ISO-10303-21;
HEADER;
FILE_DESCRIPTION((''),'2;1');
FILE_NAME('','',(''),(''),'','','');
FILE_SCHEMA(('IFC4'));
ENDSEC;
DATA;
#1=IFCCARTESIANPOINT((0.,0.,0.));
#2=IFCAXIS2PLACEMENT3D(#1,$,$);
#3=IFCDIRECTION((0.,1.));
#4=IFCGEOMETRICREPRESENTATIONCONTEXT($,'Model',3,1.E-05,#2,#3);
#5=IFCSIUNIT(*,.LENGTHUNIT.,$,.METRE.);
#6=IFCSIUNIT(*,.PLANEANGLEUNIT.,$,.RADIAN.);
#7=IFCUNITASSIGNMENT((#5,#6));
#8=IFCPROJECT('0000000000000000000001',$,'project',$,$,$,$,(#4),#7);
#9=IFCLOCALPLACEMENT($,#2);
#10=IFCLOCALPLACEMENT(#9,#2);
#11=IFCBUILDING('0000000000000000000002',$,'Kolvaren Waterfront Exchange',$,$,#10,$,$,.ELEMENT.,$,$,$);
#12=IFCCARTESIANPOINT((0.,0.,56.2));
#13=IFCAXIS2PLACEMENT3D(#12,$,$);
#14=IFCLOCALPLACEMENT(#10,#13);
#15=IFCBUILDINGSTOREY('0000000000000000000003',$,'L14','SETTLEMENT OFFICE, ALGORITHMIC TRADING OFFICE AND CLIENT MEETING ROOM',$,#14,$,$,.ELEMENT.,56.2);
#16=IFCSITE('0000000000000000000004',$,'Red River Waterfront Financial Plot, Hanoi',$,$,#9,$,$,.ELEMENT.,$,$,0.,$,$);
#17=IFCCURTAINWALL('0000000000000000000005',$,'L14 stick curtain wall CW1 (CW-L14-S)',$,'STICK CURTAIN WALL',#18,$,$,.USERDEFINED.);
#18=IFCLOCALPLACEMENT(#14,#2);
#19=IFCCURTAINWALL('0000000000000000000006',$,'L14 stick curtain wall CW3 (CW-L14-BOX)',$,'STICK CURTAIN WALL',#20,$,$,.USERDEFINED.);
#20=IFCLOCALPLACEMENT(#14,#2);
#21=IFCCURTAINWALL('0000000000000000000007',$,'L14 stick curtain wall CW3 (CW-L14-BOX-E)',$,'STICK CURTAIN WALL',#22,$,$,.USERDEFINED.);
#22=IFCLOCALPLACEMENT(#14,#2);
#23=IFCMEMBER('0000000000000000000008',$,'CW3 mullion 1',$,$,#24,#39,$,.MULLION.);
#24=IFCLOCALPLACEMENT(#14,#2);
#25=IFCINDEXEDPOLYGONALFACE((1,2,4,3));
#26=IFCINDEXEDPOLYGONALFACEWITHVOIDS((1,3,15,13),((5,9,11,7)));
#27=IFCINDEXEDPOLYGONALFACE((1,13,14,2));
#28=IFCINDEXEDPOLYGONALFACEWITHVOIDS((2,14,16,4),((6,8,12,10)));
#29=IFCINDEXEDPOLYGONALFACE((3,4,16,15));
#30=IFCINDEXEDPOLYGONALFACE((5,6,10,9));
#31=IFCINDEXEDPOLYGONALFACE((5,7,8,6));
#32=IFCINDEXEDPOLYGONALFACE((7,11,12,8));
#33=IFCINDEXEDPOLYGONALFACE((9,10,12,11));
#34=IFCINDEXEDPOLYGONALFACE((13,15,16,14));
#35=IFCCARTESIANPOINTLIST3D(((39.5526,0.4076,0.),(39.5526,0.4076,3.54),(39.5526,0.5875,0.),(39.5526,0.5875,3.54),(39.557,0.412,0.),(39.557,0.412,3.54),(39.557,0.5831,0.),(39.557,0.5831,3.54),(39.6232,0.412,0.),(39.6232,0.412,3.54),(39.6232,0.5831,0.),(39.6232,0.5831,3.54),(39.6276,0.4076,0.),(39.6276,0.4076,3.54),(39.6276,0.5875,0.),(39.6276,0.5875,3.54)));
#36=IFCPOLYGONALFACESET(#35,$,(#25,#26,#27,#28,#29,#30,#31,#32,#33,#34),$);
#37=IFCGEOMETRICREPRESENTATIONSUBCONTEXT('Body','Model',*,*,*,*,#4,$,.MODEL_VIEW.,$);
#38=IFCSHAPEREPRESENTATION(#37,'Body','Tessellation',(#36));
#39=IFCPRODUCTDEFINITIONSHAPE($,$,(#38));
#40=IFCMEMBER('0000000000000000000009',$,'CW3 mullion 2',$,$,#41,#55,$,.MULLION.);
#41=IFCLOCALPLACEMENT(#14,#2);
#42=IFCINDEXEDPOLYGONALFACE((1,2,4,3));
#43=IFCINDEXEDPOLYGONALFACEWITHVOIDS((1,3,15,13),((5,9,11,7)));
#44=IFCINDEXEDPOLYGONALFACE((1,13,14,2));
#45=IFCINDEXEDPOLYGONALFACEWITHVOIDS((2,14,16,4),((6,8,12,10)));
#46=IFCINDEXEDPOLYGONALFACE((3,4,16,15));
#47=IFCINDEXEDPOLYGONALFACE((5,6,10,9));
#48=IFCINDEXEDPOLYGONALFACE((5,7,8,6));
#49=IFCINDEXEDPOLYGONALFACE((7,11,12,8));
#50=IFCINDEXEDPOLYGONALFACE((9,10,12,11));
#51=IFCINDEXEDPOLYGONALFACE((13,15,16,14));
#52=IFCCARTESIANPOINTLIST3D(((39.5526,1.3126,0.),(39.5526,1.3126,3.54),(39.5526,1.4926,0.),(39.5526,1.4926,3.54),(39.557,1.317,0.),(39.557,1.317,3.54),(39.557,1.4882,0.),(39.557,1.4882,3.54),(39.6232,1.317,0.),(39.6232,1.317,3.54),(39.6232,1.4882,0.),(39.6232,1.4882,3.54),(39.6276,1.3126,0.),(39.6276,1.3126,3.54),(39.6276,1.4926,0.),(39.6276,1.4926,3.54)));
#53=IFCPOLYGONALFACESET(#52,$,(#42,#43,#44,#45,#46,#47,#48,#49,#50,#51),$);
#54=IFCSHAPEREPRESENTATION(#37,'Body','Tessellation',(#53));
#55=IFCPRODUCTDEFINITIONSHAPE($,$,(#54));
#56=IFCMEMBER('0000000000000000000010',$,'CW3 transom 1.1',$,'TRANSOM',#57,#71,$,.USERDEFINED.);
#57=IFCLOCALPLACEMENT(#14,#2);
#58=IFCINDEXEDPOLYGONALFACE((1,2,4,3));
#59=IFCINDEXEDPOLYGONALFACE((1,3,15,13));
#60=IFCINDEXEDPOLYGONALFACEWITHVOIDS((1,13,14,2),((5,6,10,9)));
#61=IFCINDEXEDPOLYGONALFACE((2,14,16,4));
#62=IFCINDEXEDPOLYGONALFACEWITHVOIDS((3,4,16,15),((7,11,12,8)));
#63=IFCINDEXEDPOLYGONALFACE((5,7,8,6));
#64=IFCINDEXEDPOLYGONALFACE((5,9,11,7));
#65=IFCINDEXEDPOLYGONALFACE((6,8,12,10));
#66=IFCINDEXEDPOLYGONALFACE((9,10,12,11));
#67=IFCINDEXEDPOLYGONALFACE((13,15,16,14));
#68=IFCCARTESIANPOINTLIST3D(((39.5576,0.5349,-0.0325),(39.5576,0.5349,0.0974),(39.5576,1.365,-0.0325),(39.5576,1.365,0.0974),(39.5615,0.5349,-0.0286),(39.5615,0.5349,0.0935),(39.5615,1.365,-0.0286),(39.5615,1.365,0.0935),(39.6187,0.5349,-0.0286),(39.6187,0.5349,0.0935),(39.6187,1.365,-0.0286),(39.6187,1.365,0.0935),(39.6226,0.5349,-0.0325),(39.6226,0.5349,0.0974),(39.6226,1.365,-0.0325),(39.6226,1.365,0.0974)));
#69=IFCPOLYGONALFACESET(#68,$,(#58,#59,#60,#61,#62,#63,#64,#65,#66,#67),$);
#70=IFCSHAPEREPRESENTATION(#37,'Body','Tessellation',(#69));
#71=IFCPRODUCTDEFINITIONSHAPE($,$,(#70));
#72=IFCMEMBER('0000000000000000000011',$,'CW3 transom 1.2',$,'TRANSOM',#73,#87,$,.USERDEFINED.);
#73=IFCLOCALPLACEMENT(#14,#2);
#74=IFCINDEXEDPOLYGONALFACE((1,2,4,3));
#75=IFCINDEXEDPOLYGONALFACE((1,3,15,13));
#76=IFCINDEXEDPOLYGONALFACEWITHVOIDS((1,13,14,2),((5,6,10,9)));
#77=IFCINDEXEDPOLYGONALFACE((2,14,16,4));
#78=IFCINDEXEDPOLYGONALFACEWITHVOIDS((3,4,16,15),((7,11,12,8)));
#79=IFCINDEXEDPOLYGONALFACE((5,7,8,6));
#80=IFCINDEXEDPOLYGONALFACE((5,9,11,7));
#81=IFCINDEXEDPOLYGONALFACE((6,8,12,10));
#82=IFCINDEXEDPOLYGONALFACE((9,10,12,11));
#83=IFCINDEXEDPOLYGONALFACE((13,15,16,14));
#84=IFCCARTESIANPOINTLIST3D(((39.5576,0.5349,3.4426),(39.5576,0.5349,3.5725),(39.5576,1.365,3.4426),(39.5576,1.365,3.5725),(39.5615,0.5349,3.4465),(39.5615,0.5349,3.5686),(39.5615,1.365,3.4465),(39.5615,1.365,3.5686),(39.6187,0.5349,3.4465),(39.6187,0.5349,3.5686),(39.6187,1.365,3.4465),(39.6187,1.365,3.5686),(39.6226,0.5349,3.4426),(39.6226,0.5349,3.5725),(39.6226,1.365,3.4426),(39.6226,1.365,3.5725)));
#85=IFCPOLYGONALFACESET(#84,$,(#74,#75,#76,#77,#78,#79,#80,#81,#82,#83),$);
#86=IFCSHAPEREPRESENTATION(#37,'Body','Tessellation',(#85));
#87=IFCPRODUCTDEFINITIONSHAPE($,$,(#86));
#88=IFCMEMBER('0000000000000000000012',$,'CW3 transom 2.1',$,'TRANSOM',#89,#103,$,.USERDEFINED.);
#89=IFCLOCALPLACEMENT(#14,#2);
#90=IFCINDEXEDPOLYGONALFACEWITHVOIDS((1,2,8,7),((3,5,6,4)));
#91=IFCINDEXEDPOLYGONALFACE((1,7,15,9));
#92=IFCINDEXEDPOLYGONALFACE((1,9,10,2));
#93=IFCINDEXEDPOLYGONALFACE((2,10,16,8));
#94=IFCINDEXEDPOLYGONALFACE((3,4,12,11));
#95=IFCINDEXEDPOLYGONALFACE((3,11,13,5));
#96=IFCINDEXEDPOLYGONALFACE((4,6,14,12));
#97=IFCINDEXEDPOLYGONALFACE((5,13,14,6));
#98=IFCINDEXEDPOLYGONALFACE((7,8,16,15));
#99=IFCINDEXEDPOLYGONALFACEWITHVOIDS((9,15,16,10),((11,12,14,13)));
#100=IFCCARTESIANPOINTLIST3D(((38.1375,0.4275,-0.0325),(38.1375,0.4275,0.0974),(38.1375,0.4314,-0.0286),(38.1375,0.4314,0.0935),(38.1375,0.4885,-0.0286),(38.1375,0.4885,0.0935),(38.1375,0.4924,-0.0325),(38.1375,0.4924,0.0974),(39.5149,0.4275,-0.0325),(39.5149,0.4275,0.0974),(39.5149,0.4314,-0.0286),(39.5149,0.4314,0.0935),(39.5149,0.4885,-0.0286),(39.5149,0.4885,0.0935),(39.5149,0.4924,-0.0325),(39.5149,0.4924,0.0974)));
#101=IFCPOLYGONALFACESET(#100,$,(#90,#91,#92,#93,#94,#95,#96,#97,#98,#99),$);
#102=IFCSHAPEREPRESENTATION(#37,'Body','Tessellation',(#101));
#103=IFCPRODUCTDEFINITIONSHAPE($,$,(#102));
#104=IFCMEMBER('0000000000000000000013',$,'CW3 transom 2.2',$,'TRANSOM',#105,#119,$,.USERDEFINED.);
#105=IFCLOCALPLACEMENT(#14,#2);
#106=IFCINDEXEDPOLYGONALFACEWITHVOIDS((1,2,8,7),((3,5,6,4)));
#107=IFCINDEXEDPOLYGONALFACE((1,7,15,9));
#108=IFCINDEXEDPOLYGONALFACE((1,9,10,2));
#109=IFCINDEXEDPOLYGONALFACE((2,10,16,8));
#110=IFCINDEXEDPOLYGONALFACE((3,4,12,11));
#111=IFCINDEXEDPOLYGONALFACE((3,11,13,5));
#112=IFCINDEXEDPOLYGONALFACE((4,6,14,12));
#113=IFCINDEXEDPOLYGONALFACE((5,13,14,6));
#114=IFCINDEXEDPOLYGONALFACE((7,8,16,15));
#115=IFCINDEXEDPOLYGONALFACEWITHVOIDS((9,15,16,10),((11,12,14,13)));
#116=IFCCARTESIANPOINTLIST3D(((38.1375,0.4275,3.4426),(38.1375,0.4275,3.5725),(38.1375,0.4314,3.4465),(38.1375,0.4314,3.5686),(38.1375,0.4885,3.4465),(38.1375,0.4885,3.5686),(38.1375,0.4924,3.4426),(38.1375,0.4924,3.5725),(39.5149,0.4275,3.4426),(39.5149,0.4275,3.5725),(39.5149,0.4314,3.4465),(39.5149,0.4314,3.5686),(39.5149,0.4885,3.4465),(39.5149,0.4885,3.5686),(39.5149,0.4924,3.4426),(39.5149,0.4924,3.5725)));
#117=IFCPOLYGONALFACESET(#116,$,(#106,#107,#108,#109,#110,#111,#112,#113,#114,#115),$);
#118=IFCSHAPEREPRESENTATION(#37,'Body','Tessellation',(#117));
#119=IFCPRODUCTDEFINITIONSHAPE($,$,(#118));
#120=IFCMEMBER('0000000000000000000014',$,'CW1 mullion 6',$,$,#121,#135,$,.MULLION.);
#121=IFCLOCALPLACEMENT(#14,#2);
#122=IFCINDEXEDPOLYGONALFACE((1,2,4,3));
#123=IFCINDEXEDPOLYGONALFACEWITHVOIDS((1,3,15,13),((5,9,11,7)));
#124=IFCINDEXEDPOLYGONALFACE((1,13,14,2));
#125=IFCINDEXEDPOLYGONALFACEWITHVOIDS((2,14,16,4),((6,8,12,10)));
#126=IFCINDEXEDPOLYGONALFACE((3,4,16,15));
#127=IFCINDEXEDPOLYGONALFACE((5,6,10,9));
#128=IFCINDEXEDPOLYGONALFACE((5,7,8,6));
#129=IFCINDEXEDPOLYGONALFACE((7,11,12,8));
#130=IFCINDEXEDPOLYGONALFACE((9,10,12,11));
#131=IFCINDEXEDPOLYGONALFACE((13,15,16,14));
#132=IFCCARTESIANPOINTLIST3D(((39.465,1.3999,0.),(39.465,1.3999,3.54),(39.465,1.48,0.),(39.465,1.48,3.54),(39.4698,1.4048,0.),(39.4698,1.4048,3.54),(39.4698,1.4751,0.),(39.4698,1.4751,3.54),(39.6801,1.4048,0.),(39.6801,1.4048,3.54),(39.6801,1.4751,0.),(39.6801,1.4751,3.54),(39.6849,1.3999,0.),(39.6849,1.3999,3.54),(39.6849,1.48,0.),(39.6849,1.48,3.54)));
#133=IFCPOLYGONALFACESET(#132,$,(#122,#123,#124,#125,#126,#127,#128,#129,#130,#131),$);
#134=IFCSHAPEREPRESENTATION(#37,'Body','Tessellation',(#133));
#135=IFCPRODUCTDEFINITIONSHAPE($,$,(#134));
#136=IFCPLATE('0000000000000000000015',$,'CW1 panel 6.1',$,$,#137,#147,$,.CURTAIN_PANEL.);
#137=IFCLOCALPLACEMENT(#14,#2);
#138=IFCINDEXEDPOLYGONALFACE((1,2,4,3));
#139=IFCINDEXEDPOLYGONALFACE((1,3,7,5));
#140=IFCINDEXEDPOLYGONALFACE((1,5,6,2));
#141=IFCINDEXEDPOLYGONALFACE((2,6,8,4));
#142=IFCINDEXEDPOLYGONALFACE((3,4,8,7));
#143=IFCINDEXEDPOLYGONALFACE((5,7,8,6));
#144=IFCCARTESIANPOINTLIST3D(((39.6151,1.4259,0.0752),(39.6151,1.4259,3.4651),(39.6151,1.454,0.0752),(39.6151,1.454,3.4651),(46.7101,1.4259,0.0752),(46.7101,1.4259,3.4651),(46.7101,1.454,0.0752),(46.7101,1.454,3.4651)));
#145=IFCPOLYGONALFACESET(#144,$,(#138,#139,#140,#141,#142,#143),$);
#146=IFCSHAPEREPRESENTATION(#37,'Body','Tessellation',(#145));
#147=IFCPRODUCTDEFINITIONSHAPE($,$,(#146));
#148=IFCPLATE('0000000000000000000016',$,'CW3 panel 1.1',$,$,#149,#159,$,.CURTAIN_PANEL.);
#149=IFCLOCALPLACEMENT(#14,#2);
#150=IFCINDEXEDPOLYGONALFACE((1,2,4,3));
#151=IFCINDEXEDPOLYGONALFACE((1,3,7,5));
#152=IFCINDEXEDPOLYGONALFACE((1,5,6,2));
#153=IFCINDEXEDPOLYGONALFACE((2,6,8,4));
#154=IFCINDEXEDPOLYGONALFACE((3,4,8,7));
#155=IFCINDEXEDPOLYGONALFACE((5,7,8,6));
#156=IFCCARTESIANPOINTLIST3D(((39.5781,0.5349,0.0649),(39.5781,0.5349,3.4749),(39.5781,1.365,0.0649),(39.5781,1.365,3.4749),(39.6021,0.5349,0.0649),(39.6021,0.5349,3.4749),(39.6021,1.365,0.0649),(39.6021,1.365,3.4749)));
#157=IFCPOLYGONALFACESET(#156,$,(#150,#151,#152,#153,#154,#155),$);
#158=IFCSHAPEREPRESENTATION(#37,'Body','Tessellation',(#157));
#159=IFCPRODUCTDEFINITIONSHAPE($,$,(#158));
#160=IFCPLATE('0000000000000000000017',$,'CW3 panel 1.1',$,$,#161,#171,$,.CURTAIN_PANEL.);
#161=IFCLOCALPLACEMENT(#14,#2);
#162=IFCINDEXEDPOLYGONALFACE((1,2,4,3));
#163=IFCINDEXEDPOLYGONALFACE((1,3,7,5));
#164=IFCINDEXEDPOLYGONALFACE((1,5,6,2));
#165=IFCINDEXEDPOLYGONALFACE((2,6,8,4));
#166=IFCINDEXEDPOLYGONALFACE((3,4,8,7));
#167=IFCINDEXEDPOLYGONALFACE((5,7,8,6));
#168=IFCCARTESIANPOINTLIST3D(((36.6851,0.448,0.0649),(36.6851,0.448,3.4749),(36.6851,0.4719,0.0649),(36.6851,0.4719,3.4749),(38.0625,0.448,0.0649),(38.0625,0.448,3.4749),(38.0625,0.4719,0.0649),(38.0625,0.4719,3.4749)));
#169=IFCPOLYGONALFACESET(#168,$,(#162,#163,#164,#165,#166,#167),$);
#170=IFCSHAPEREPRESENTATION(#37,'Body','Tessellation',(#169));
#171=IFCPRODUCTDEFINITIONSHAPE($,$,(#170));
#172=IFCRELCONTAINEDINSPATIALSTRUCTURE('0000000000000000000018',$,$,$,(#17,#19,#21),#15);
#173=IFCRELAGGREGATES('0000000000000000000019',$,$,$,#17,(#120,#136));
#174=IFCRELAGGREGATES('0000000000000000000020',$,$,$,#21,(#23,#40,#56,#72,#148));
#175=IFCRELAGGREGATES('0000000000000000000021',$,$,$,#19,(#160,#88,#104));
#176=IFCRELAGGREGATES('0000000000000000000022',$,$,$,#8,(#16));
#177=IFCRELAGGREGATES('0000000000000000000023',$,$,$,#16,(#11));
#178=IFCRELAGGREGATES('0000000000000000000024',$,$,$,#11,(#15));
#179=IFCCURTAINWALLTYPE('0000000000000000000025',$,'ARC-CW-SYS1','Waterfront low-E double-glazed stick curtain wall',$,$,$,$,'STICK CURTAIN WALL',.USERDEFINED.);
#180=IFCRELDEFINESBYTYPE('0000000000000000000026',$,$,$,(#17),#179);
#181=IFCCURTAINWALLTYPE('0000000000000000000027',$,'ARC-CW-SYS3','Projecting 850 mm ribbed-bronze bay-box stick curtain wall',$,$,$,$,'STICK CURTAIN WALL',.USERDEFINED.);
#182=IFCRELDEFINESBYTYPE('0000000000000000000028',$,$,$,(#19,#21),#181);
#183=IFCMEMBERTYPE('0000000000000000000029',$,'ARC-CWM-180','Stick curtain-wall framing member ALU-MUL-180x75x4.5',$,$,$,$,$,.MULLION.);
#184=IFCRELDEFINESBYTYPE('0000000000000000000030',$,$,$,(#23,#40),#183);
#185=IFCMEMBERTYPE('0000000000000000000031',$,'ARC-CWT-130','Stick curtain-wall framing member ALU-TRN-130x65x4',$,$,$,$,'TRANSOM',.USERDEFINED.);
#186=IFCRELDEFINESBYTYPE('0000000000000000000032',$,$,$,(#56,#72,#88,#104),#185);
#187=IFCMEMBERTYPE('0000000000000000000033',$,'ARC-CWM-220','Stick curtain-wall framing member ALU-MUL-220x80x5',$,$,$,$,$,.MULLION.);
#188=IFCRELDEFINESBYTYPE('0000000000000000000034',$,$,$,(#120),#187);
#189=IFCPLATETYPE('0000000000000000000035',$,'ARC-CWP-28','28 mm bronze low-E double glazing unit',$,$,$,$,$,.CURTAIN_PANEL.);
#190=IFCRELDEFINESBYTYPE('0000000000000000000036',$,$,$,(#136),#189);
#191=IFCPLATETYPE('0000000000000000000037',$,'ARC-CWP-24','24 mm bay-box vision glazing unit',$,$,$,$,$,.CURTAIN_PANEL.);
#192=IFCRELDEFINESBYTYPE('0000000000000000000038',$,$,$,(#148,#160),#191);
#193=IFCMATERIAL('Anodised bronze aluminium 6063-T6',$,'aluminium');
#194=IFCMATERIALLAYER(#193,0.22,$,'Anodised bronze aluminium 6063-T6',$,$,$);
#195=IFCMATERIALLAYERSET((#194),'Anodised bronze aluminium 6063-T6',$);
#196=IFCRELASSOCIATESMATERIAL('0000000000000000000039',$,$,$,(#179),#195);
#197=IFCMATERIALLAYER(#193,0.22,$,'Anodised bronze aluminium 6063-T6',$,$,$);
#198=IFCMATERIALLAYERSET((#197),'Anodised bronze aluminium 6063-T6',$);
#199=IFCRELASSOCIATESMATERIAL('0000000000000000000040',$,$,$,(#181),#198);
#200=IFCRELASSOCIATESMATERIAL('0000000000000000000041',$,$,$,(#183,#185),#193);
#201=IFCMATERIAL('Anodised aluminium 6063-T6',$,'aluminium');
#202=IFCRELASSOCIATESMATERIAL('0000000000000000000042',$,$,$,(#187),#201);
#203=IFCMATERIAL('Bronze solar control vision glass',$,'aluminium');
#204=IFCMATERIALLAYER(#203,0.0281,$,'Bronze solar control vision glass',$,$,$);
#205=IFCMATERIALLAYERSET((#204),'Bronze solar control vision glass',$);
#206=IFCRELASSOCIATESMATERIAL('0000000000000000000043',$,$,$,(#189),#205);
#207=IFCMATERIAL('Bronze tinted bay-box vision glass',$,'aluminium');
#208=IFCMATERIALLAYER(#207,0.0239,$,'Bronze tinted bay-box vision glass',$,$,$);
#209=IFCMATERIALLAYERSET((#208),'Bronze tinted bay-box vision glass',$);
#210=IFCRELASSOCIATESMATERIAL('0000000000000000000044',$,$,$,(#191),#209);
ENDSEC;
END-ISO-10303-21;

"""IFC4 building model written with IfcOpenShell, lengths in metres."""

from ifc_helpers import new_model, si_unit, direction, frame, origin, origin_with_axes, origin_2d, place, context, subcontext, project, spatial, rectangle, hollow_rectangle, extrude, source, transform, mapped, material, layer, layer_set, material_profile, profile_set, type_object, element, aggregate, save


model = new_model("IFC4")

# Units and contexts
model_context = context("Model", 3, precision=1e-05, world=origin(), true_north=direction((0.0, 1.0)))
body_context = subcontext(model_context, "Body", "Model", "MODEL_VIEW")
ifc_project = project(units=[si_unit("LENGTHUNIT", "METRE"), si_unit("PLANEANGLEUNIT", "RADIAN")], contexts=[model_context])

# Site, building, storey
site_placement = place(None, origin())
site = spatial("IfcSite", under=ifc_project, at=site_placement, Name="Red River Waterfront Financial Plot, Hanoi", CompositionType="ELEMENT", RefElevation=0.0)
building_placement = place(site_placement, origin())
building = spatial("IfcBuilding", under=site, at=building_placement, Name="Kolvaren Waterfront Exchange", CompositionType="ELEMENT")
storey_placement = place(building_placement, frame((0.0, 0.0, 56.2)))
storey = spatial("IfcBuildingStorey", under=building, at=storey_placement, Name="L14", Description="SETTLEMENT OFFICE, ALGORITHMIC TRADING OFFICE AND CLIENT MEETING ROOM", CompositionType="ELEMENT", Elevation=56.2)

# Curtain walls, members
ifc_material_1 = material(Name="Anodised bronze aluminium 6063-T6", Category="aluminium")
ifc_layer_1 = layer(ifc_material_1, 0.22, Name="Anodised bronze aluminium 6063-T6")
ifc_layer_set_1 = layer_set([ifc_layer_1], Name="Anodised bronze aluminium 6063-T6")
curtain_wall_type_1 = type_object("IfcCurtainWallType", Name="ARC-CW-SYS1", Description="Waterfront low-E double-glazed stick curtain wall", ElementType="STICK CURTAIN WALL", PredefinedType="USERDEFINED", material=ifc_layer_set_1)
curtain_wall_1_placement = place(storey_placement, origin())
curtain_wall_1 = element("IfcCurtainWall", 1, at=curtain_wall_1_placement, inside=storey, type_object=curtain_wall_type_1, Name="L14 stick curtain wall CW1 (CW-L14-S)", ObjectType="STICK CURTAIN WALL", PredefinedType="USERDEFINED")
ifc_material_2 = material(Name="Anodised aluminium 6063-T6", Category="aluminium")
ifc_layer_2 = layer(ifc_material_1, 0.22, Name="Anodised bronze aluminium 6063-T6")
ifc_layer_set_2 = layer_set([ifc_layer_2], Name="Anodised bronze aluminium 6063-T6")
curtain_wall_type_2 = type_object("IfcCurtainWallType", Name="ARC-CW-SYS3", Description="Projecting 850 mm ribbed-bronze bay-box stick curtain wall", ElementType="STICK CURTAIN WALL", PredefinedType="USERDEFINED", material=ifc_layer_set_2)
curtain_wall_2_placement = place(storey_placement, origin())
curtain_wall_2 = element("IfcCurtainWall", 2, at=curtain_wall_2_placement, inside=storey, type_object=curtain_wall_type_2, Name="L14 stick curtain wall CW3 (CW-L14-BOX)", ObjectType="STICK CURTAIN WALL", PredefinedType="USERDEFINED")
ifc_material_profile_1 = material_profile(ifc_material_1, hollow_rectangle(XDim=0.075, YDim=0.1799, WallThickness=0.0044, at=origin_2d()), Name="ALU-MUL-180x75x4.5")
ifc_profile_set_1 = profile_set([ifc_material_profile_1], Name="Anodised bronze aluminium 6063-T6")
member_type_1 = type_object("IfcMemberType", Name="ARC-CWM-180", Description="Stick curtain-wall framing member ALU-MUL-180x75x4.5", PredefinedType="MULLION", material=ifc_profile_set_1)
shared_shape_1 = source(origin_with_axes(), body_context, "Body", "SweptSolid", [
    extrude(hollow_rectangle(XDim=0.075, YDim=0.1799, WallThickness=0.0044, at=origin_2d()), origin(), (0.0, 0.0, 1.0), 3.54),
])
curtain_wall_3_placement = place(storey_placement, origin())
curtain_wall_3 = element("IfcCurtainWall", 3, at=curtain_wall_3_placement, inside=storey, type_object=curtain_wall_type_2, Name="L14 stick curtain wall CW3 (CW-L14-BOX-E)", ObjectType="STICK CURTAIN WALL", PredefinedType="USERDEFINED")
member_1_placement = place(storey_placement, frame((39.5901, 0.4976, 0.0), z_axis=(0.0, 0.0, 1.0), x_axis=(-1.0, 0.0, 0.0)))
member_1 = element("IfcMember", 4, at=member_1_placement, type_object=member_type_1, Name="CW3 mullion 1", PredefinedType="MULLION", context=body_context, shape_type="MappedRepresentation", body=[
    mapped(shared_shape_1, transform((0.0, 0.0, 0.0), x_axis=(1.0, 0.0, 0.0), y_axis=(0.0, 1.0, 0.0), z_axis=(0.0, 0.0, 1.0), scale=1.0)),
])
member_2_placement = place(storey_placement, frame((39.5901, 1.4026, 0.0), z_axis=(0.0, 0.0, 1.0), x_axis=(-1.0, 0.0, 0.0)))
member_2 = element("IfcMember", 5, at=member_2_placement, type_object=member_type_1, Name="CW3 mullion 2", PredefinedType="MULLION", context=body_context, shape_type="MappedRepresentation", body=[
    mapped(shared_shape_1, transform((0.0, 0.0, 0.0), x_axis=(1.0, 0.0, 0.0), y_axis=(0.0, 1.0, 0.0), z_axis=(0.0, 0.0, 1.0), scale=1.0)),
])
ifc_material_profile_2 = material_profile(ifc_material_1, hollow_rectangle(XDim=0.0649, YDim=0.1299, WallThickness=0.0039, at=origin_2d()), Name="ALU-TRN-130x65x4")
ifc_profile_set_2 = profile_set([ifc_material_profile_2], Name="Anodised bronze aluminium 6063-T6")
member_type_2 = type_object("IfcMemberType", Name="ARC-CWT-130", Description="Stick curtain-wall framing member ALU-TRN-130x65x4", ElementType="TRANSOM", PredefinedType="USERDEFINED", material=ifc_profile_set_2)
shared_shape_2 = source(origin_with_axes(), body_context, "Body", "SweptSolid", [
    extrude(hollow_rectangle(XDim=0.0649, YDim=0.1299, WallThickness=0.0039, at=origin_2d()), origin(), (0.0, 0.0, 1.0), 0.8301),
])
member_3_placement = place(storey_placement, frame((39.5901, 0.5349, 0.0325), z_axis=(0.0, 1.0, 0.0), x_axis=(-1.0, 0.0, 0.0)))
member_3 = element("IfcMember", 6, at=member_3_placement, type_object=member_type_2, Name="CW3 transom 1.1", ObjectType="TRANSOM", PredefinedType="USERDEFINED", context=body_context, shape_type="MappedRepresentation", body=[
    mapped(shared_shape_2, transform((0.0, 0.0, 0.0), x_axis=(1.0, 0.0, 0.0), y_axis=(0.0, 1.0, 0.0), z_axis=(0.0, 0.0, 1.0), scale=1.0)),
])
member_4_placement = place(storey_placement, frame((39.5901, 0.5349, 3.5076), z_axis=(0.0, 1.0, 0.0), x_axis=(-1.0, 0.0, 0.0)))
member_4 = element("IfcMember", 7, at=member_4_placement, type_object=member_type_2, Name="CW3 transom 1.2", ObjectType="TRANSOM", PredefinedType="USERDEFINED", context=body_context, shape_type="MappedRepresentation", body=[
    mapped(shared_shape_2, transform((0.0, 0.0, 0.0), x_axis=(1.0, 0.0, 0.0), y_axis=(0.0, 1.0, 0.0), z_axis=(0.0, 0.0, 1.0), scale=1.0)),
])

# Members
shared_shape_3 = source(origin_with_axes(), body_context, "Body", "SweptSolid", [
    extrude(hollow_rectangle(XDim=0.0649, YDim=0.1299, WallThickness=0.0039, at=origin_2d()), origin(), (0.0, 0.0, 1.0), 1.3774),
])
member_5_placement = place(storey_placement, frame((38.1375, 0.46, 0.0325), z_axis=(1.0, 0.0, 0.0), x_axis=(0.0, 1.0, 0.0)))
member_5 = element("IfcMember", 8, at=member_5_placement, type_object=member_type_2, Name="CW3 transom 2.1", ObjectType="TRANSOM", PredefinedType="USERDEFINED", context=body_context, shape_type="MappedRepresentation", body=[
    mapped(shared_shape_3, transform((0.0, 0.0, 0.0), x_axis=(1.0, 0.0, 0.0), y_axis=(0.0, 1.0, 0.0), z_axis=(0.0, 0.0, 1.0), scale=1.0)),
])
member_6_placement = place(storey_placement, frame((38.1375, 0.46, 3.5076), z_axis=(1.0, 0.0, 0.0), x_axis=(0.0, 1.0, 0.0)))
member_6 = element("IfcMember", 9, at=member_6_placement, type_object=member_type_2, Name="CW3 transom 2.2", ObjectType="TRANSOM", PredefinedType="USERDEFINED", context=body_context, shape_type="MappedRepresentation", body=[
    mapped(shared_shape_3, transform((0.0, 0.0, 0.0), x_axis=(1.0, 0.0, 0.0), y_axis=(0.0, 1.0, 0.0), z_axis=(0.0, 0.0, 1.0), scale=1.0)),
])
ifc_material_profile_3 = material_profile(ifc_material_2, hollow_rectangle(XDim=0.0801, YDim=0.22, WallThickness=0.0049, at=origin_2d()), Name="ALU-MUL-220x80x5")
ifc_profile_set_3 = profile_set([ifc_material_profile_3], Name="Anodised aluminium 6063-T6")
member_type_3 = type_object("IfcMemberType", Name="ARC-CWM-220", Description="Stick curtain-wall framing member ALU-MUL-220x80x5", PredefinedType="MULLION", material=ifc_profile_set_3)
shared_shape_4 = source(origin_with_axes(), body_context, "Body", "SweptSolid", [
    extrude(hollow_rectangle(XDim=0.0801, YDim=0.22, WallThickness=0.0049, at=origin_2d()), origin(), (0.0, 0.0, 1.0), 3.54),
])
member_7_placement = place(storey_placement, frame((39.575, 1.4399, 0.0), z_axis=(0.0, 0.0, 1.0), x_axis=(0.0, 1.0, 0.0)))
member_7 = element("IfcMember", 10, at=member_7_placement, type_object=member_type_3, Name="CW1 mullion 6", PredefinedType="MULLION", context=body_context, shape_type="MappedRepresentation", body=[
    mapped(shared_shape_4, transform((0.0, 0.0, 0.0), x_axis=(1.0, 0.0, 0.0), y_axis=(0.0, 1.0, 0.0), z_axis=(0.0, 0.0, 1.0), scale=1.0)),
])

# Plates
ifc_material_3 = material(Name="Bronze solar control vision glass", Category="aluminium")
ifc_layer_3 = layer(ifc_material_3, 0.0281, Name="Bronze solar control vision glass")
ifc_layer_set_3 = layer_set([ifc_layer_3], Name="Bronze solar control vision glass")
plate_type_1 = type_object("IfcPlateType", Name="ARC-CWP-28", Description="28 mm bronze low-E double glazing unit", PredefinedType="CURTAIN_PANEL", material=ifc_layer_set_3)
shared_shape_5 = source(origin_with_axes(), body_context, "Body", "SweptSolid", [
    extrude(rectangle(XDim=7.095, YDim=0.0281, at=origin_2d()), origin(), (0.0, 0.0, 1.0), 3.3899),
])
plate_1_placement = place(storey_placement, frame((43.1626, 1.4399, 0.0752), z_axis=(0.0, 0.0, 1.0), x_axis=(1.0, 0.0, 0.0)))
plate_1 = element("IfcPlate", 11, at=plate_1_placement, type_object=plate_type_1, Name="CW1 panel 6.1", PredefinedType="CURTAIN_PANEL", context=body_context, shape_type="MappedRepresentation", body=[
    mapped(shared_shape_5, transform((0.0, 0.0, 0.0), x_axis=(1.0, 0.0, 0.0), y_axis=(0.0, 1.0, 0.0), z_axis=(0.0, 0.0, 1.0), scale=1.0)),
])
aggregate(curtain_wall_1, [member_7, plate_1])
ifc_material_4 = material(Name="Bronze tinted bay-box vision glass", Category="aluminium")
ifc_layer_4 = layer(ifc_material_4, 0.0239, Name="Bronze tinted bay-box vision glass")
ifc_layer_set_4 = layer_set([ifc_layer_4], Name="Bronze tinted bay-box vision glass")
plate_type_2 = type_object("IfcPlateType", Name="ARC-CWP-24", Description="24 mm bay-box vision glazing unit", PredefinedType="CURTAIN_PANEL", material=ifc_layer_set_4)
shared_shape_6 = source(origin_with_axes(), body_context, "Body", "SweptSolid", [
    extrude(rectangle(XDim=0.8301, YDim=0.0239, at=origin_2d()), origin(), (0.0, 0.0, 1.0), 3.4099),
])
plate_2_placement = place(storey_placement, frame((39.5901, 0.95, 0.0649), z_axis=(0.0, 0.0, 1.0), x_axis=(0.0, 1.0, 0.0)))
plate_2 = element("IfcPlate", 12, at=plate_2_placement, type_object=plate_type_2, Name="CW3 panel 1.1", PredefinedType="CURTAIN_PANEL", context=body_context, shape_type="MappedRepresentation", body=[
    mapped(shared_shape_6, transform((0.0, 0.0, 0.0), x_axis=(1.0, 0.0, 0.0), y_axis=(0.0, 1.0, 0.0), z_axis=(0.0, 0.0, 1.0), scale=1.0)),
])
aggregate(curtain_wall_3, [member_1, member_2, member_3, member_4, plate_2])
shared_shape_7 = source(origin_with_axes(), body_context, "Body", "SweptSolid", [
    extrude(rectangle(XDim=1.3774, YDim=0.0239, at=origin_2d()), origin(), (0.0, 0.0, 1.0), 3.4099),
])
plate_3_placement = place(storey_placement, frame((37.3738, 0.46, 0.0649), z_axis=(0.0, 0.0, 1.0), x_axis=(1.0, 0.0, 0.0)))
plate_3 = element("IfcPlate", 13, at=plate_3_placement, type_object=plate_type_2, Name="CW3 panel 1.1", PredefinedType="CURTAIN_PANEL", context=body_context, shape_type="MappedRepresentation", body=[
    mapped(shared_shape_7, transform((0.0, 0.0, 0.0), x_axis=(1.0, 0.0, 0.0), y_axis=(0.0, 1.0, 0.0), z_axis=(0.0, 0.0, 1.0), scale=1.0)),
])
aggregate(curtain_wall_2, [plate_3, member_5, member_6])

save(model, "model.ifc")
